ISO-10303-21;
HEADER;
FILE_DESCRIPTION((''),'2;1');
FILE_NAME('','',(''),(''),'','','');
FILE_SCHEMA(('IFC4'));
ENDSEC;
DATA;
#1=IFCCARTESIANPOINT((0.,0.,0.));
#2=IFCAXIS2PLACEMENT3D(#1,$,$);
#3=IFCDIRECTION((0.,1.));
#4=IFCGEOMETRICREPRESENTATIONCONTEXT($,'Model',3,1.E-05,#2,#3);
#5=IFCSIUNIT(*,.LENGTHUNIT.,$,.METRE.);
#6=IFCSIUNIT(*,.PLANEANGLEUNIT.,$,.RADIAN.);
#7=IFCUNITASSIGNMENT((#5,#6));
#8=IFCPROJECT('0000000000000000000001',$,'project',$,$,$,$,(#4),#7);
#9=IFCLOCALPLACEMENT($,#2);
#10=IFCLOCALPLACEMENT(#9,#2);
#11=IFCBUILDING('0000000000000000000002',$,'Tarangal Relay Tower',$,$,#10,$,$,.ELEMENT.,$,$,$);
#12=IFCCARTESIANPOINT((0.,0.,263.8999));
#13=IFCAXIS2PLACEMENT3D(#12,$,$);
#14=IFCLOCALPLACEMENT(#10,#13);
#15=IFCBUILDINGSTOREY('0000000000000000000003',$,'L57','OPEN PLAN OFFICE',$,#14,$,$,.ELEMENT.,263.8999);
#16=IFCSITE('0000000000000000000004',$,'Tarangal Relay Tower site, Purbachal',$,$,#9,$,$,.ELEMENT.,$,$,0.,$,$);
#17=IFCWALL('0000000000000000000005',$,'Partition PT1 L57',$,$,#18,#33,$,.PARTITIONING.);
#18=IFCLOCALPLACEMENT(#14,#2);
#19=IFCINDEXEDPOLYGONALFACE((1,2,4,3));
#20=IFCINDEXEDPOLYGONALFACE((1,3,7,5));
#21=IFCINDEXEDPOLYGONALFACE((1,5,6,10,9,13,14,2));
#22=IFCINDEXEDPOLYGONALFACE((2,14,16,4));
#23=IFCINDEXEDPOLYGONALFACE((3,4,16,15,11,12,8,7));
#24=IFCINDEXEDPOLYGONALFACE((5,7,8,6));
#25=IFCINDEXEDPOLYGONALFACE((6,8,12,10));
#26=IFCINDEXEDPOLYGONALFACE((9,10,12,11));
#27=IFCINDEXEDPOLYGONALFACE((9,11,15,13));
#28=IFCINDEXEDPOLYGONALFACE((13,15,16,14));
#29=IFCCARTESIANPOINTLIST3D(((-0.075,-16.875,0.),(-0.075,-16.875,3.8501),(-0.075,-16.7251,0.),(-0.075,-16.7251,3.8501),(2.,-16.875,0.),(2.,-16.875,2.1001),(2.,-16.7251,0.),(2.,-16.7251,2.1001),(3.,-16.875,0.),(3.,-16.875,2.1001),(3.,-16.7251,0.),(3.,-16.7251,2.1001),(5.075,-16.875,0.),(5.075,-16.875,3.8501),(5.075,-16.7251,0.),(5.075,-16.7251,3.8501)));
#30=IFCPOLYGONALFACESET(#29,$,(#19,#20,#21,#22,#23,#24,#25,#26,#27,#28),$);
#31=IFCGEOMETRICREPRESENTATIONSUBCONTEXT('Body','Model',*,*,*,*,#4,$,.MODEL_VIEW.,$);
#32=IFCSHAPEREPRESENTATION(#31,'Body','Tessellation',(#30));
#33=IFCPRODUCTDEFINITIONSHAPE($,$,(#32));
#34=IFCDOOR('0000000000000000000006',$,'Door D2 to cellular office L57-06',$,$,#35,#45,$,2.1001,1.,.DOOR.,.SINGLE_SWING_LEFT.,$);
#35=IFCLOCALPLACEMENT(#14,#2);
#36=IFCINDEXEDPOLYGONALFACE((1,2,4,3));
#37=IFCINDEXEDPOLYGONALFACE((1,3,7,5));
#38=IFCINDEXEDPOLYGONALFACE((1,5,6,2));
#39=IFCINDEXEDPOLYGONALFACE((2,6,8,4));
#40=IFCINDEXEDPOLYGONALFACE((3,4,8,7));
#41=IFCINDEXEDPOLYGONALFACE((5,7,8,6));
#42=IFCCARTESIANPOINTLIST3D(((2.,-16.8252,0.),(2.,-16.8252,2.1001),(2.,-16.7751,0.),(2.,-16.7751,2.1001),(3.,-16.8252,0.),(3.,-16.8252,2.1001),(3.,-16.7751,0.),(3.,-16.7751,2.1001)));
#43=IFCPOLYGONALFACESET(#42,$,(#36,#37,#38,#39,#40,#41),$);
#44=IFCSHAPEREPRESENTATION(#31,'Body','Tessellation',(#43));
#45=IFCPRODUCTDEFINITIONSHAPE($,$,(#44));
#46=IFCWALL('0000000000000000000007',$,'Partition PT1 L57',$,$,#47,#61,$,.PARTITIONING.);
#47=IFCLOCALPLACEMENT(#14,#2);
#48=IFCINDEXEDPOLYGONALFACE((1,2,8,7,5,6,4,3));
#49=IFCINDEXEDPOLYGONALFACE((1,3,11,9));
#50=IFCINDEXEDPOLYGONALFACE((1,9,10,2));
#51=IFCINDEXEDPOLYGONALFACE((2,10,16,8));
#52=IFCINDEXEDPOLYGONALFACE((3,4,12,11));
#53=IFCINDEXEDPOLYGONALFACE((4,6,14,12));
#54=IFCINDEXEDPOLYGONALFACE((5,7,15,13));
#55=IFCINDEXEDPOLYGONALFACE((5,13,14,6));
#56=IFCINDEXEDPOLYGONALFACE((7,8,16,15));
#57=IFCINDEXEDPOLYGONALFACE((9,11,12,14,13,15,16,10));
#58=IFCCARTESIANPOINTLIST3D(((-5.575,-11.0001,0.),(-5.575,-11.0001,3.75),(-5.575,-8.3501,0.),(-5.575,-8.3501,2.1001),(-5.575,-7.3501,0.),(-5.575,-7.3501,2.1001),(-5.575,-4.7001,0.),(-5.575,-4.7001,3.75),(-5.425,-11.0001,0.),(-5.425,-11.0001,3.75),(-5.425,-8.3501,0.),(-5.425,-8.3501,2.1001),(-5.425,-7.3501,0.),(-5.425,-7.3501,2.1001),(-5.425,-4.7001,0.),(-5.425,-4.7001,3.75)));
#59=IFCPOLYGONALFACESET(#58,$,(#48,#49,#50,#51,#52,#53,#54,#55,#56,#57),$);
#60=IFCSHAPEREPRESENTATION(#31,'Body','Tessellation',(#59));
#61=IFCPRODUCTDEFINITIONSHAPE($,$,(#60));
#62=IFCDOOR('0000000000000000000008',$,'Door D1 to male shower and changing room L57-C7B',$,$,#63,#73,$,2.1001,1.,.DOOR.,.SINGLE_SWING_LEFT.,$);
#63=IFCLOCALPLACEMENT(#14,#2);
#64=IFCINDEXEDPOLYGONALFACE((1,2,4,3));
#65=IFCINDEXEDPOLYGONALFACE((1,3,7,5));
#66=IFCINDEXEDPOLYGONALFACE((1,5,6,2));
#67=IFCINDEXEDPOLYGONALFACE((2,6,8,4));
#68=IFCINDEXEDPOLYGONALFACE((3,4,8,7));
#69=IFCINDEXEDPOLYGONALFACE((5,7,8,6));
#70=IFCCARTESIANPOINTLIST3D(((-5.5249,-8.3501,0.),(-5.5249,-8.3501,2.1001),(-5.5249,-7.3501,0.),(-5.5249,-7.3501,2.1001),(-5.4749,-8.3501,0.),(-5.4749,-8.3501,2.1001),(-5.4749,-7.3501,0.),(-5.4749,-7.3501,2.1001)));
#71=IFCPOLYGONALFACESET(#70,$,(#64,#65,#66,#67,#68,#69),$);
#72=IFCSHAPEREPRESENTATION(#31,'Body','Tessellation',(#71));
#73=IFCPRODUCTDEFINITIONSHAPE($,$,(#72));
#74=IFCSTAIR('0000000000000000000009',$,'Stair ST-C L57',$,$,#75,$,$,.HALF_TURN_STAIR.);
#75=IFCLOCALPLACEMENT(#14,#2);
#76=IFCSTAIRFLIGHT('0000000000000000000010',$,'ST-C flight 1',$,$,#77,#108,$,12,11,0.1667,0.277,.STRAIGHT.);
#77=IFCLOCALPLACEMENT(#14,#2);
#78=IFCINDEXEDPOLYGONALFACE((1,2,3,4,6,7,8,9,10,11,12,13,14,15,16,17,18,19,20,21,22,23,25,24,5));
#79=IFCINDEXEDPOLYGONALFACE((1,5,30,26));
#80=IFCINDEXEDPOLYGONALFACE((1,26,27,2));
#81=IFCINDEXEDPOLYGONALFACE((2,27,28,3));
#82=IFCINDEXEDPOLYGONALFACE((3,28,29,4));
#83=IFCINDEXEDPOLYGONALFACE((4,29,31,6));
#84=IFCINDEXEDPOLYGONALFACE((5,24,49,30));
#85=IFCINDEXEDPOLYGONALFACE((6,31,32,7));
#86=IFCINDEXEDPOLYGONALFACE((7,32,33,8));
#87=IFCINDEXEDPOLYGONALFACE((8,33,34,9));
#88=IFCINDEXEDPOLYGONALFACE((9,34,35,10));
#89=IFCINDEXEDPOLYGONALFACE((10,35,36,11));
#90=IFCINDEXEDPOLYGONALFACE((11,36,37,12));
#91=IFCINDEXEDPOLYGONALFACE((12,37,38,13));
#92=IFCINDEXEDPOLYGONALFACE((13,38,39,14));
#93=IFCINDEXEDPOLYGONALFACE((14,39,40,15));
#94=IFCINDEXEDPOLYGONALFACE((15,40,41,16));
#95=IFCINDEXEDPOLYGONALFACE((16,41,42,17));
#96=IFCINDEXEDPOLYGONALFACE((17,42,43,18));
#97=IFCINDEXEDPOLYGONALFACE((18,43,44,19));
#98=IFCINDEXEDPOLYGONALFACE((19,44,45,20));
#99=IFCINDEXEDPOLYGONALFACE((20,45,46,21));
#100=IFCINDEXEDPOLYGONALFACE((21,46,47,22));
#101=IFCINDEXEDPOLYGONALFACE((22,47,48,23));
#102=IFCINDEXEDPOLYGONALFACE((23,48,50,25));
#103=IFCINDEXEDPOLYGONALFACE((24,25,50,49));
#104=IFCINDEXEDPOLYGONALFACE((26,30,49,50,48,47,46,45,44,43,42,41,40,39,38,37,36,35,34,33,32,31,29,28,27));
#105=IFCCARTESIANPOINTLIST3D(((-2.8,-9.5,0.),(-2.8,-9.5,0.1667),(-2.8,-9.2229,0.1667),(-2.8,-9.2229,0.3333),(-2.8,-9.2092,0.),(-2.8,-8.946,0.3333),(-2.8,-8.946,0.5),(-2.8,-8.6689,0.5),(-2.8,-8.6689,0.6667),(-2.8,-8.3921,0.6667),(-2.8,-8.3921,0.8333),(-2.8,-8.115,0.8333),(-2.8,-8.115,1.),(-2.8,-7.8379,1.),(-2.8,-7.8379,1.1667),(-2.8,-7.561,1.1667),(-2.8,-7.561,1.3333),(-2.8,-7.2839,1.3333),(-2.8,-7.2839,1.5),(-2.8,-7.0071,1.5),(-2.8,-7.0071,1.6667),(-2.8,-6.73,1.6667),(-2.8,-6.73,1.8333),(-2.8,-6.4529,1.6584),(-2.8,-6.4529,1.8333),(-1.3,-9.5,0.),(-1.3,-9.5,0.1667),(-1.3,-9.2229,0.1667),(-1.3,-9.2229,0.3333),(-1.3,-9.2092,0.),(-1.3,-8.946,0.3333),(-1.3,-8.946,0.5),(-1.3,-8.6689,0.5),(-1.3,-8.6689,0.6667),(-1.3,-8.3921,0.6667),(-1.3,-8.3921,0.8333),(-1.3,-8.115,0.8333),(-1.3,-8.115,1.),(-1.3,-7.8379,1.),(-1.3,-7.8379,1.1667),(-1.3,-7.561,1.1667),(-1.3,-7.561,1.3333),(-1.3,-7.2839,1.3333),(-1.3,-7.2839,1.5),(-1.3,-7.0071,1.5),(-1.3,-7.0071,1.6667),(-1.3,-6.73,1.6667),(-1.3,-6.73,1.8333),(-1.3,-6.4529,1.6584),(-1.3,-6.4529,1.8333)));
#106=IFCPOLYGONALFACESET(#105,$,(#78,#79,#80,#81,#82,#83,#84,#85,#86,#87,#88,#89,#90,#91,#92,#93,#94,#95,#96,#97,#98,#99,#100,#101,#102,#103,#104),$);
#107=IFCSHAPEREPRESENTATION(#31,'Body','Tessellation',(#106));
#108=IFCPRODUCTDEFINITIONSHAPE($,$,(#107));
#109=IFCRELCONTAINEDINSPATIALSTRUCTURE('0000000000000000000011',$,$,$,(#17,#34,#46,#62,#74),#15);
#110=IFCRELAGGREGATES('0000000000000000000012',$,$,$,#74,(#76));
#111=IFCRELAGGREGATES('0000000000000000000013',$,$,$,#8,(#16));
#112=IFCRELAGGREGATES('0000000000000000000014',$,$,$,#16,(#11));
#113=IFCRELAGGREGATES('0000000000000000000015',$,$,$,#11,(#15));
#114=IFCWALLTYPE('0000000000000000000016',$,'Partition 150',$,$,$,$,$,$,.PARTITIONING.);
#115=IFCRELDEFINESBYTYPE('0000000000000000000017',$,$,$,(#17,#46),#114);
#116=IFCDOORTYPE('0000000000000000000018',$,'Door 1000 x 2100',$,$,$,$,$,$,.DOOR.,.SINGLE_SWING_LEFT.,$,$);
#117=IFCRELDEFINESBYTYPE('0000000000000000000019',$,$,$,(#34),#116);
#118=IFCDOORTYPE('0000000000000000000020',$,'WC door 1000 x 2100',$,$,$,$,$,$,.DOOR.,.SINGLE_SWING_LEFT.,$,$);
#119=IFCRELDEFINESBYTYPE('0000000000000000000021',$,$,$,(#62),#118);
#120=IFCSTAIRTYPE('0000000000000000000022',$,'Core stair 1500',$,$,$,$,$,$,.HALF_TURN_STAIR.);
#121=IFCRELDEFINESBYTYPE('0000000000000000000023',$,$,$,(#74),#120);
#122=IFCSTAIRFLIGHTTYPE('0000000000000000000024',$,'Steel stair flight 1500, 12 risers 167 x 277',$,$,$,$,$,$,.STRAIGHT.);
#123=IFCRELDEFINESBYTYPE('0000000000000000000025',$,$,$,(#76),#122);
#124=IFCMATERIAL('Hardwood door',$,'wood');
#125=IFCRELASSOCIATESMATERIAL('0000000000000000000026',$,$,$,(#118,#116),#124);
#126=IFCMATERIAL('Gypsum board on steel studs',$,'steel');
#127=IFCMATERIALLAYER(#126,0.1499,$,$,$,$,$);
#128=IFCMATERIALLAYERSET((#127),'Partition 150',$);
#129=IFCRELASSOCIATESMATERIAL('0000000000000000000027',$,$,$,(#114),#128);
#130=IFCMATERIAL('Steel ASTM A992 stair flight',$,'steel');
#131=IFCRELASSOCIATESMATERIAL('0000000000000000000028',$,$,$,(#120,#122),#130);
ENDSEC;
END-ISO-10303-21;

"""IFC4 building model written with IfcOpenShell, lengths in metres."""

from ifc_helpers import new_model, si_unit, direction, frame, frame_2d, origin, place, context, subcontext, project, spatial, polyline, rectangle, outline, extrude, material, layer, layer_set, type_object, element, fill, aggregate, save


model = new_model("IFC4")

# Units and contexts
model_context = context("Model", 3, precision=1e-05, world=origin(), true_north=direction((0.0, 1.0)))
body_context = subcontext(model_context, "Body", "Model", "MODEL_VIEW")
ifc_project = project(units=[si_unit("LENGTHUNIT", "METRE"), si_unit("PLANEANGLEUNIT", "RADIAN")], contexts=[model_context])

# Site, building, storey
site_placement = place(None, origin())
site = spatial("IfcSite", under=ifc_project, at=site_placement, Name="Tarangal Relay Tower site, Purbachal", CompositionType="ELEMENT", RefElevation=0.0)
building_placement = place(site_placement, origin())
building = spatial("IfcBuilding", under=site, at=building_placement, Name="Tarangal Relay Tower", CompositionType="ELEMENT")
storey_placement = place(building_placement, frame((0.0, 0.0, 263.8999)))
storey = spatial("IfcBuildingStorey", under=building, at=storey_placement, Name="L57", Description="OPEN PLAN OFFICE", CompositionType="ELEMENT", Elevation=263.8999)

# Shared definitions
ifc_material_1 = material(Name="Hardwood door", Category="wood")
door_type_1 = type_object("IfcDoorType", Name="WC door 1000 x 2100", OperationType="SINGLE_SWING_LEFT", PredefinedType="DOOR", material=ifc_material_1)

# Walls, openings, doors
ifc_material_2 = material(Name="Gypsum board on steel studs", Category="steel")
ifc_layer_1 = layer(ifc_material_2, 0.1499)
ifc_layer_set_1 = layer_set([ifc_layer_1], Name="Partition 150")
wall_type_1 = type_object("IfcWallType", Name="Partition 150", PredefinedType="PARTITIONING", material=ifc_layer_set_1)
door_type_2 = type_object("IfcDoorType", Name="Door 1000 x 2100", OperationType="SINGLE_SWING_LEFT", PredefinedType="DOOR", material=ifc_material_1)
wall_1_placement = place(storey_placement, frame((-0.075, -16.8, 0.0), z_axis=(0.0, 0.0, 1.0), x_axis=(1.0, 0.0, 0.0)))
wall_1 = element("IfcWall", 1, at=wall_1_placement, inside=storey, type_object=wall_type_1, Name="Partition PT1 L57", PredefinedType="PARTITIONING", context=body_context, shape_type="SweptSolid", body=[
    extrude(rectangle(XDim=5.1499, YDim=0.1499, at=frame_2d((2.575, 0.0))), origin(), (0.0, 0.0, 1.0), 3.8501),
])
opening_1_placement = place(wall_1_placement, frame((2.075, 0.0, 0.0)))
opening_1 = element("IfcOpeningElement", 2, at=opening_1_placement, cuts=wall_1, PredefinedType="OPENING", context=body_context, shape_type="SweptSolid", body=[
    extrude(rectangle(XDim=1.0, YDim=2.1001, at=frame_2d((0.5, 1.05))), frame((0.0, 0.085, 0.0), z_axis=(0.0, -1.0, 0.0), x_axis=(1.0, 0.0, 0.0)), (0.0, 0.0, 1.0), 0.1699),
])
door_1_placement = place(opening_1_placement, origin())
door_1 = element("IfcDoor", 3, at=door_1_placement, inside=storey, type_object=door_type_2, Name="Door D2 to cellular office L57-06", OperationType="SINGLE_SWING_LEFT", OverallHeight=2.1001, OverallWidth=1.0, PredefinedType="DOOR", context=body_context, shape_type="SweptSolid", body=[
    extrude(rectangle(XDim=1.0, YDim=2.1001, at=frame_2d((0.5, 1.05))), frame((0.0, 0.0249, 0.0), z_axis=(0.0, -1.0, 0.0), x_axis=(1.0, 0.0, 0.0)), (0.0, 0.0, 1.0), 0.05),
])
fill(opening_1, door_1)
wall_2_placement = place(storey_placement, frame((-5.5, -11.0, 0.0), z_axis=(0.0, 0.0, 1.0), x_axis=(0.0, 1.0, 0.0)))
wall_2 = element("IfcWall", 4, at=wall_2_placement, inside=storey, type_object=wall_type_1, Name="Partition PT1 L57", PredefinedType="PARTITIONING", context=body_context, shape_type="SweptSolid", body=[
    extrude(rectangle(XDim=6.3, YDim=0.1499, at=frame_2d((3.1499, 0.0))), origin(), (0.0, 0.0, 1.0), 3.75),
])
opening_2_placement = place(wall_2_placement, frame((2.6499, 0.0, 0.0)))
opening_2 = element("IfcOpeningElement", 5, at=opening_2_placement, cuts=wall_2, PredefinedType="OPENING", context=body_context, shape_type="SweptSolid", body=[
    extrude(rectangle(XDim=1.0, YDim=2.1001, at=frame_2d((0.5, 1.05))), frame((0.0, 0.085, 0.0), z_axis=(0.0, -1.0, 0.0), x_axis=(1.0, 0.0, 0.0)), (0.0, 0.0, 1.0), 0.1699),
])
door_2_placement = place(opening_2_placement, origin())
door_2 = element("IfcDoor", 6, at=door_2_placement, inside=storey, type_object=door_type_1, Name="Door D1 to male shower and changing room L57-C7B", OperationType="SINGLE_SWING_LEFT", OverallHeight=2.1001, OverallWidth=1.0, PredefinedType="DOOR", context=body_context, shape_type="SweptSolid", body=[
    extrude(rectangle(XDim=1.0, YDim=2.1001, at=frame_2d((0.5, 1.05))), frame((0.0, 0.0249, 0.0), z_axis=(0.0, -1.0, 0.0), x_axis=(1.0, 0.0, 0.0)), (0.0, 0.0, 1.0), 0.05),
])
fill(opening_2, door_2)

# Stair, stair flight
ifc_material_3 = material(Name="Steel ASTM A992 stair flight", Category="steel")
stair_type = type_object("IfcStairType", Name="Core stair 1500", PredefinedType="HALF_TURN_STAIR", material=ifc_material_3)
stair_placement = place(storey_placement, origin())
stair = element("IfcStair", 7, at=stair_placement, inside=storey, type_object=stair_type, Name="Stair ST-C L57", PredefinedType="HALF_TURN_STAIR")
stair_flight_type = type_object("IfcStairFlightType", Name="Steel stair flight 1500, 12 risers 167 x 277", PredefinedType="STRAIGHT", material=ifc_material_3)
stair_flight_placement = place(storey_placement, frame((-2.05, -9.5, 0.0), z_axis=(0.0, 0.0, 1.0), x_axis=(0.0, 1.0, 0.0)))
stair_flight = element("IfcStairFlight", 8, at=stair_flight_placement, type_object=stair_flight_type, Name="ST-C flight 1", NumberOfRisers=12, NumberOfTreads=11, PredefinedType="STRAIGHT", RiserHeight=0.1667, TreadLength=0.277, context=body_context, shape_type="SweptSolid", body=[
    extrude(outline(polyline([(0.0, 0.0), (0.0, 0.1667), (0.2771, 0.1667), (0.2771, 0.3333), (0.554, 0.3333), (0.554, 0.5), (0.8311, 0.5), (0.8311, 0.6667), (1.1079, 0.6667), (1.1079, 0.8333), (1.385, 0.8333), (1.385, 1.0), (1.6621, 1.0), (1.6621, 1.1667), (1.939, 1.1667), (1.939, 1.3333), (2.2161, 1.3333), (2.2161, 1.5), (2.4929, 1.5), (2.4929, 1.6667), (2.77, 1.6667), (2.77, 1.8333), (3.0471, 1.8333), (3.0471, 2.0), (3.0471, 1.6584), (0.2908, 0.0), (0.0, 0.0)])), frame((0.0, 0.75, 0.0), z_axis=(0.0, -1.0, 0.0), x_axis=(1.0, 0.0, 0.0)), (0.0, 0.0, 1.0), 1.5),
])
aggregate(stair, [stair_flight])

save(model, "model.ifc")
